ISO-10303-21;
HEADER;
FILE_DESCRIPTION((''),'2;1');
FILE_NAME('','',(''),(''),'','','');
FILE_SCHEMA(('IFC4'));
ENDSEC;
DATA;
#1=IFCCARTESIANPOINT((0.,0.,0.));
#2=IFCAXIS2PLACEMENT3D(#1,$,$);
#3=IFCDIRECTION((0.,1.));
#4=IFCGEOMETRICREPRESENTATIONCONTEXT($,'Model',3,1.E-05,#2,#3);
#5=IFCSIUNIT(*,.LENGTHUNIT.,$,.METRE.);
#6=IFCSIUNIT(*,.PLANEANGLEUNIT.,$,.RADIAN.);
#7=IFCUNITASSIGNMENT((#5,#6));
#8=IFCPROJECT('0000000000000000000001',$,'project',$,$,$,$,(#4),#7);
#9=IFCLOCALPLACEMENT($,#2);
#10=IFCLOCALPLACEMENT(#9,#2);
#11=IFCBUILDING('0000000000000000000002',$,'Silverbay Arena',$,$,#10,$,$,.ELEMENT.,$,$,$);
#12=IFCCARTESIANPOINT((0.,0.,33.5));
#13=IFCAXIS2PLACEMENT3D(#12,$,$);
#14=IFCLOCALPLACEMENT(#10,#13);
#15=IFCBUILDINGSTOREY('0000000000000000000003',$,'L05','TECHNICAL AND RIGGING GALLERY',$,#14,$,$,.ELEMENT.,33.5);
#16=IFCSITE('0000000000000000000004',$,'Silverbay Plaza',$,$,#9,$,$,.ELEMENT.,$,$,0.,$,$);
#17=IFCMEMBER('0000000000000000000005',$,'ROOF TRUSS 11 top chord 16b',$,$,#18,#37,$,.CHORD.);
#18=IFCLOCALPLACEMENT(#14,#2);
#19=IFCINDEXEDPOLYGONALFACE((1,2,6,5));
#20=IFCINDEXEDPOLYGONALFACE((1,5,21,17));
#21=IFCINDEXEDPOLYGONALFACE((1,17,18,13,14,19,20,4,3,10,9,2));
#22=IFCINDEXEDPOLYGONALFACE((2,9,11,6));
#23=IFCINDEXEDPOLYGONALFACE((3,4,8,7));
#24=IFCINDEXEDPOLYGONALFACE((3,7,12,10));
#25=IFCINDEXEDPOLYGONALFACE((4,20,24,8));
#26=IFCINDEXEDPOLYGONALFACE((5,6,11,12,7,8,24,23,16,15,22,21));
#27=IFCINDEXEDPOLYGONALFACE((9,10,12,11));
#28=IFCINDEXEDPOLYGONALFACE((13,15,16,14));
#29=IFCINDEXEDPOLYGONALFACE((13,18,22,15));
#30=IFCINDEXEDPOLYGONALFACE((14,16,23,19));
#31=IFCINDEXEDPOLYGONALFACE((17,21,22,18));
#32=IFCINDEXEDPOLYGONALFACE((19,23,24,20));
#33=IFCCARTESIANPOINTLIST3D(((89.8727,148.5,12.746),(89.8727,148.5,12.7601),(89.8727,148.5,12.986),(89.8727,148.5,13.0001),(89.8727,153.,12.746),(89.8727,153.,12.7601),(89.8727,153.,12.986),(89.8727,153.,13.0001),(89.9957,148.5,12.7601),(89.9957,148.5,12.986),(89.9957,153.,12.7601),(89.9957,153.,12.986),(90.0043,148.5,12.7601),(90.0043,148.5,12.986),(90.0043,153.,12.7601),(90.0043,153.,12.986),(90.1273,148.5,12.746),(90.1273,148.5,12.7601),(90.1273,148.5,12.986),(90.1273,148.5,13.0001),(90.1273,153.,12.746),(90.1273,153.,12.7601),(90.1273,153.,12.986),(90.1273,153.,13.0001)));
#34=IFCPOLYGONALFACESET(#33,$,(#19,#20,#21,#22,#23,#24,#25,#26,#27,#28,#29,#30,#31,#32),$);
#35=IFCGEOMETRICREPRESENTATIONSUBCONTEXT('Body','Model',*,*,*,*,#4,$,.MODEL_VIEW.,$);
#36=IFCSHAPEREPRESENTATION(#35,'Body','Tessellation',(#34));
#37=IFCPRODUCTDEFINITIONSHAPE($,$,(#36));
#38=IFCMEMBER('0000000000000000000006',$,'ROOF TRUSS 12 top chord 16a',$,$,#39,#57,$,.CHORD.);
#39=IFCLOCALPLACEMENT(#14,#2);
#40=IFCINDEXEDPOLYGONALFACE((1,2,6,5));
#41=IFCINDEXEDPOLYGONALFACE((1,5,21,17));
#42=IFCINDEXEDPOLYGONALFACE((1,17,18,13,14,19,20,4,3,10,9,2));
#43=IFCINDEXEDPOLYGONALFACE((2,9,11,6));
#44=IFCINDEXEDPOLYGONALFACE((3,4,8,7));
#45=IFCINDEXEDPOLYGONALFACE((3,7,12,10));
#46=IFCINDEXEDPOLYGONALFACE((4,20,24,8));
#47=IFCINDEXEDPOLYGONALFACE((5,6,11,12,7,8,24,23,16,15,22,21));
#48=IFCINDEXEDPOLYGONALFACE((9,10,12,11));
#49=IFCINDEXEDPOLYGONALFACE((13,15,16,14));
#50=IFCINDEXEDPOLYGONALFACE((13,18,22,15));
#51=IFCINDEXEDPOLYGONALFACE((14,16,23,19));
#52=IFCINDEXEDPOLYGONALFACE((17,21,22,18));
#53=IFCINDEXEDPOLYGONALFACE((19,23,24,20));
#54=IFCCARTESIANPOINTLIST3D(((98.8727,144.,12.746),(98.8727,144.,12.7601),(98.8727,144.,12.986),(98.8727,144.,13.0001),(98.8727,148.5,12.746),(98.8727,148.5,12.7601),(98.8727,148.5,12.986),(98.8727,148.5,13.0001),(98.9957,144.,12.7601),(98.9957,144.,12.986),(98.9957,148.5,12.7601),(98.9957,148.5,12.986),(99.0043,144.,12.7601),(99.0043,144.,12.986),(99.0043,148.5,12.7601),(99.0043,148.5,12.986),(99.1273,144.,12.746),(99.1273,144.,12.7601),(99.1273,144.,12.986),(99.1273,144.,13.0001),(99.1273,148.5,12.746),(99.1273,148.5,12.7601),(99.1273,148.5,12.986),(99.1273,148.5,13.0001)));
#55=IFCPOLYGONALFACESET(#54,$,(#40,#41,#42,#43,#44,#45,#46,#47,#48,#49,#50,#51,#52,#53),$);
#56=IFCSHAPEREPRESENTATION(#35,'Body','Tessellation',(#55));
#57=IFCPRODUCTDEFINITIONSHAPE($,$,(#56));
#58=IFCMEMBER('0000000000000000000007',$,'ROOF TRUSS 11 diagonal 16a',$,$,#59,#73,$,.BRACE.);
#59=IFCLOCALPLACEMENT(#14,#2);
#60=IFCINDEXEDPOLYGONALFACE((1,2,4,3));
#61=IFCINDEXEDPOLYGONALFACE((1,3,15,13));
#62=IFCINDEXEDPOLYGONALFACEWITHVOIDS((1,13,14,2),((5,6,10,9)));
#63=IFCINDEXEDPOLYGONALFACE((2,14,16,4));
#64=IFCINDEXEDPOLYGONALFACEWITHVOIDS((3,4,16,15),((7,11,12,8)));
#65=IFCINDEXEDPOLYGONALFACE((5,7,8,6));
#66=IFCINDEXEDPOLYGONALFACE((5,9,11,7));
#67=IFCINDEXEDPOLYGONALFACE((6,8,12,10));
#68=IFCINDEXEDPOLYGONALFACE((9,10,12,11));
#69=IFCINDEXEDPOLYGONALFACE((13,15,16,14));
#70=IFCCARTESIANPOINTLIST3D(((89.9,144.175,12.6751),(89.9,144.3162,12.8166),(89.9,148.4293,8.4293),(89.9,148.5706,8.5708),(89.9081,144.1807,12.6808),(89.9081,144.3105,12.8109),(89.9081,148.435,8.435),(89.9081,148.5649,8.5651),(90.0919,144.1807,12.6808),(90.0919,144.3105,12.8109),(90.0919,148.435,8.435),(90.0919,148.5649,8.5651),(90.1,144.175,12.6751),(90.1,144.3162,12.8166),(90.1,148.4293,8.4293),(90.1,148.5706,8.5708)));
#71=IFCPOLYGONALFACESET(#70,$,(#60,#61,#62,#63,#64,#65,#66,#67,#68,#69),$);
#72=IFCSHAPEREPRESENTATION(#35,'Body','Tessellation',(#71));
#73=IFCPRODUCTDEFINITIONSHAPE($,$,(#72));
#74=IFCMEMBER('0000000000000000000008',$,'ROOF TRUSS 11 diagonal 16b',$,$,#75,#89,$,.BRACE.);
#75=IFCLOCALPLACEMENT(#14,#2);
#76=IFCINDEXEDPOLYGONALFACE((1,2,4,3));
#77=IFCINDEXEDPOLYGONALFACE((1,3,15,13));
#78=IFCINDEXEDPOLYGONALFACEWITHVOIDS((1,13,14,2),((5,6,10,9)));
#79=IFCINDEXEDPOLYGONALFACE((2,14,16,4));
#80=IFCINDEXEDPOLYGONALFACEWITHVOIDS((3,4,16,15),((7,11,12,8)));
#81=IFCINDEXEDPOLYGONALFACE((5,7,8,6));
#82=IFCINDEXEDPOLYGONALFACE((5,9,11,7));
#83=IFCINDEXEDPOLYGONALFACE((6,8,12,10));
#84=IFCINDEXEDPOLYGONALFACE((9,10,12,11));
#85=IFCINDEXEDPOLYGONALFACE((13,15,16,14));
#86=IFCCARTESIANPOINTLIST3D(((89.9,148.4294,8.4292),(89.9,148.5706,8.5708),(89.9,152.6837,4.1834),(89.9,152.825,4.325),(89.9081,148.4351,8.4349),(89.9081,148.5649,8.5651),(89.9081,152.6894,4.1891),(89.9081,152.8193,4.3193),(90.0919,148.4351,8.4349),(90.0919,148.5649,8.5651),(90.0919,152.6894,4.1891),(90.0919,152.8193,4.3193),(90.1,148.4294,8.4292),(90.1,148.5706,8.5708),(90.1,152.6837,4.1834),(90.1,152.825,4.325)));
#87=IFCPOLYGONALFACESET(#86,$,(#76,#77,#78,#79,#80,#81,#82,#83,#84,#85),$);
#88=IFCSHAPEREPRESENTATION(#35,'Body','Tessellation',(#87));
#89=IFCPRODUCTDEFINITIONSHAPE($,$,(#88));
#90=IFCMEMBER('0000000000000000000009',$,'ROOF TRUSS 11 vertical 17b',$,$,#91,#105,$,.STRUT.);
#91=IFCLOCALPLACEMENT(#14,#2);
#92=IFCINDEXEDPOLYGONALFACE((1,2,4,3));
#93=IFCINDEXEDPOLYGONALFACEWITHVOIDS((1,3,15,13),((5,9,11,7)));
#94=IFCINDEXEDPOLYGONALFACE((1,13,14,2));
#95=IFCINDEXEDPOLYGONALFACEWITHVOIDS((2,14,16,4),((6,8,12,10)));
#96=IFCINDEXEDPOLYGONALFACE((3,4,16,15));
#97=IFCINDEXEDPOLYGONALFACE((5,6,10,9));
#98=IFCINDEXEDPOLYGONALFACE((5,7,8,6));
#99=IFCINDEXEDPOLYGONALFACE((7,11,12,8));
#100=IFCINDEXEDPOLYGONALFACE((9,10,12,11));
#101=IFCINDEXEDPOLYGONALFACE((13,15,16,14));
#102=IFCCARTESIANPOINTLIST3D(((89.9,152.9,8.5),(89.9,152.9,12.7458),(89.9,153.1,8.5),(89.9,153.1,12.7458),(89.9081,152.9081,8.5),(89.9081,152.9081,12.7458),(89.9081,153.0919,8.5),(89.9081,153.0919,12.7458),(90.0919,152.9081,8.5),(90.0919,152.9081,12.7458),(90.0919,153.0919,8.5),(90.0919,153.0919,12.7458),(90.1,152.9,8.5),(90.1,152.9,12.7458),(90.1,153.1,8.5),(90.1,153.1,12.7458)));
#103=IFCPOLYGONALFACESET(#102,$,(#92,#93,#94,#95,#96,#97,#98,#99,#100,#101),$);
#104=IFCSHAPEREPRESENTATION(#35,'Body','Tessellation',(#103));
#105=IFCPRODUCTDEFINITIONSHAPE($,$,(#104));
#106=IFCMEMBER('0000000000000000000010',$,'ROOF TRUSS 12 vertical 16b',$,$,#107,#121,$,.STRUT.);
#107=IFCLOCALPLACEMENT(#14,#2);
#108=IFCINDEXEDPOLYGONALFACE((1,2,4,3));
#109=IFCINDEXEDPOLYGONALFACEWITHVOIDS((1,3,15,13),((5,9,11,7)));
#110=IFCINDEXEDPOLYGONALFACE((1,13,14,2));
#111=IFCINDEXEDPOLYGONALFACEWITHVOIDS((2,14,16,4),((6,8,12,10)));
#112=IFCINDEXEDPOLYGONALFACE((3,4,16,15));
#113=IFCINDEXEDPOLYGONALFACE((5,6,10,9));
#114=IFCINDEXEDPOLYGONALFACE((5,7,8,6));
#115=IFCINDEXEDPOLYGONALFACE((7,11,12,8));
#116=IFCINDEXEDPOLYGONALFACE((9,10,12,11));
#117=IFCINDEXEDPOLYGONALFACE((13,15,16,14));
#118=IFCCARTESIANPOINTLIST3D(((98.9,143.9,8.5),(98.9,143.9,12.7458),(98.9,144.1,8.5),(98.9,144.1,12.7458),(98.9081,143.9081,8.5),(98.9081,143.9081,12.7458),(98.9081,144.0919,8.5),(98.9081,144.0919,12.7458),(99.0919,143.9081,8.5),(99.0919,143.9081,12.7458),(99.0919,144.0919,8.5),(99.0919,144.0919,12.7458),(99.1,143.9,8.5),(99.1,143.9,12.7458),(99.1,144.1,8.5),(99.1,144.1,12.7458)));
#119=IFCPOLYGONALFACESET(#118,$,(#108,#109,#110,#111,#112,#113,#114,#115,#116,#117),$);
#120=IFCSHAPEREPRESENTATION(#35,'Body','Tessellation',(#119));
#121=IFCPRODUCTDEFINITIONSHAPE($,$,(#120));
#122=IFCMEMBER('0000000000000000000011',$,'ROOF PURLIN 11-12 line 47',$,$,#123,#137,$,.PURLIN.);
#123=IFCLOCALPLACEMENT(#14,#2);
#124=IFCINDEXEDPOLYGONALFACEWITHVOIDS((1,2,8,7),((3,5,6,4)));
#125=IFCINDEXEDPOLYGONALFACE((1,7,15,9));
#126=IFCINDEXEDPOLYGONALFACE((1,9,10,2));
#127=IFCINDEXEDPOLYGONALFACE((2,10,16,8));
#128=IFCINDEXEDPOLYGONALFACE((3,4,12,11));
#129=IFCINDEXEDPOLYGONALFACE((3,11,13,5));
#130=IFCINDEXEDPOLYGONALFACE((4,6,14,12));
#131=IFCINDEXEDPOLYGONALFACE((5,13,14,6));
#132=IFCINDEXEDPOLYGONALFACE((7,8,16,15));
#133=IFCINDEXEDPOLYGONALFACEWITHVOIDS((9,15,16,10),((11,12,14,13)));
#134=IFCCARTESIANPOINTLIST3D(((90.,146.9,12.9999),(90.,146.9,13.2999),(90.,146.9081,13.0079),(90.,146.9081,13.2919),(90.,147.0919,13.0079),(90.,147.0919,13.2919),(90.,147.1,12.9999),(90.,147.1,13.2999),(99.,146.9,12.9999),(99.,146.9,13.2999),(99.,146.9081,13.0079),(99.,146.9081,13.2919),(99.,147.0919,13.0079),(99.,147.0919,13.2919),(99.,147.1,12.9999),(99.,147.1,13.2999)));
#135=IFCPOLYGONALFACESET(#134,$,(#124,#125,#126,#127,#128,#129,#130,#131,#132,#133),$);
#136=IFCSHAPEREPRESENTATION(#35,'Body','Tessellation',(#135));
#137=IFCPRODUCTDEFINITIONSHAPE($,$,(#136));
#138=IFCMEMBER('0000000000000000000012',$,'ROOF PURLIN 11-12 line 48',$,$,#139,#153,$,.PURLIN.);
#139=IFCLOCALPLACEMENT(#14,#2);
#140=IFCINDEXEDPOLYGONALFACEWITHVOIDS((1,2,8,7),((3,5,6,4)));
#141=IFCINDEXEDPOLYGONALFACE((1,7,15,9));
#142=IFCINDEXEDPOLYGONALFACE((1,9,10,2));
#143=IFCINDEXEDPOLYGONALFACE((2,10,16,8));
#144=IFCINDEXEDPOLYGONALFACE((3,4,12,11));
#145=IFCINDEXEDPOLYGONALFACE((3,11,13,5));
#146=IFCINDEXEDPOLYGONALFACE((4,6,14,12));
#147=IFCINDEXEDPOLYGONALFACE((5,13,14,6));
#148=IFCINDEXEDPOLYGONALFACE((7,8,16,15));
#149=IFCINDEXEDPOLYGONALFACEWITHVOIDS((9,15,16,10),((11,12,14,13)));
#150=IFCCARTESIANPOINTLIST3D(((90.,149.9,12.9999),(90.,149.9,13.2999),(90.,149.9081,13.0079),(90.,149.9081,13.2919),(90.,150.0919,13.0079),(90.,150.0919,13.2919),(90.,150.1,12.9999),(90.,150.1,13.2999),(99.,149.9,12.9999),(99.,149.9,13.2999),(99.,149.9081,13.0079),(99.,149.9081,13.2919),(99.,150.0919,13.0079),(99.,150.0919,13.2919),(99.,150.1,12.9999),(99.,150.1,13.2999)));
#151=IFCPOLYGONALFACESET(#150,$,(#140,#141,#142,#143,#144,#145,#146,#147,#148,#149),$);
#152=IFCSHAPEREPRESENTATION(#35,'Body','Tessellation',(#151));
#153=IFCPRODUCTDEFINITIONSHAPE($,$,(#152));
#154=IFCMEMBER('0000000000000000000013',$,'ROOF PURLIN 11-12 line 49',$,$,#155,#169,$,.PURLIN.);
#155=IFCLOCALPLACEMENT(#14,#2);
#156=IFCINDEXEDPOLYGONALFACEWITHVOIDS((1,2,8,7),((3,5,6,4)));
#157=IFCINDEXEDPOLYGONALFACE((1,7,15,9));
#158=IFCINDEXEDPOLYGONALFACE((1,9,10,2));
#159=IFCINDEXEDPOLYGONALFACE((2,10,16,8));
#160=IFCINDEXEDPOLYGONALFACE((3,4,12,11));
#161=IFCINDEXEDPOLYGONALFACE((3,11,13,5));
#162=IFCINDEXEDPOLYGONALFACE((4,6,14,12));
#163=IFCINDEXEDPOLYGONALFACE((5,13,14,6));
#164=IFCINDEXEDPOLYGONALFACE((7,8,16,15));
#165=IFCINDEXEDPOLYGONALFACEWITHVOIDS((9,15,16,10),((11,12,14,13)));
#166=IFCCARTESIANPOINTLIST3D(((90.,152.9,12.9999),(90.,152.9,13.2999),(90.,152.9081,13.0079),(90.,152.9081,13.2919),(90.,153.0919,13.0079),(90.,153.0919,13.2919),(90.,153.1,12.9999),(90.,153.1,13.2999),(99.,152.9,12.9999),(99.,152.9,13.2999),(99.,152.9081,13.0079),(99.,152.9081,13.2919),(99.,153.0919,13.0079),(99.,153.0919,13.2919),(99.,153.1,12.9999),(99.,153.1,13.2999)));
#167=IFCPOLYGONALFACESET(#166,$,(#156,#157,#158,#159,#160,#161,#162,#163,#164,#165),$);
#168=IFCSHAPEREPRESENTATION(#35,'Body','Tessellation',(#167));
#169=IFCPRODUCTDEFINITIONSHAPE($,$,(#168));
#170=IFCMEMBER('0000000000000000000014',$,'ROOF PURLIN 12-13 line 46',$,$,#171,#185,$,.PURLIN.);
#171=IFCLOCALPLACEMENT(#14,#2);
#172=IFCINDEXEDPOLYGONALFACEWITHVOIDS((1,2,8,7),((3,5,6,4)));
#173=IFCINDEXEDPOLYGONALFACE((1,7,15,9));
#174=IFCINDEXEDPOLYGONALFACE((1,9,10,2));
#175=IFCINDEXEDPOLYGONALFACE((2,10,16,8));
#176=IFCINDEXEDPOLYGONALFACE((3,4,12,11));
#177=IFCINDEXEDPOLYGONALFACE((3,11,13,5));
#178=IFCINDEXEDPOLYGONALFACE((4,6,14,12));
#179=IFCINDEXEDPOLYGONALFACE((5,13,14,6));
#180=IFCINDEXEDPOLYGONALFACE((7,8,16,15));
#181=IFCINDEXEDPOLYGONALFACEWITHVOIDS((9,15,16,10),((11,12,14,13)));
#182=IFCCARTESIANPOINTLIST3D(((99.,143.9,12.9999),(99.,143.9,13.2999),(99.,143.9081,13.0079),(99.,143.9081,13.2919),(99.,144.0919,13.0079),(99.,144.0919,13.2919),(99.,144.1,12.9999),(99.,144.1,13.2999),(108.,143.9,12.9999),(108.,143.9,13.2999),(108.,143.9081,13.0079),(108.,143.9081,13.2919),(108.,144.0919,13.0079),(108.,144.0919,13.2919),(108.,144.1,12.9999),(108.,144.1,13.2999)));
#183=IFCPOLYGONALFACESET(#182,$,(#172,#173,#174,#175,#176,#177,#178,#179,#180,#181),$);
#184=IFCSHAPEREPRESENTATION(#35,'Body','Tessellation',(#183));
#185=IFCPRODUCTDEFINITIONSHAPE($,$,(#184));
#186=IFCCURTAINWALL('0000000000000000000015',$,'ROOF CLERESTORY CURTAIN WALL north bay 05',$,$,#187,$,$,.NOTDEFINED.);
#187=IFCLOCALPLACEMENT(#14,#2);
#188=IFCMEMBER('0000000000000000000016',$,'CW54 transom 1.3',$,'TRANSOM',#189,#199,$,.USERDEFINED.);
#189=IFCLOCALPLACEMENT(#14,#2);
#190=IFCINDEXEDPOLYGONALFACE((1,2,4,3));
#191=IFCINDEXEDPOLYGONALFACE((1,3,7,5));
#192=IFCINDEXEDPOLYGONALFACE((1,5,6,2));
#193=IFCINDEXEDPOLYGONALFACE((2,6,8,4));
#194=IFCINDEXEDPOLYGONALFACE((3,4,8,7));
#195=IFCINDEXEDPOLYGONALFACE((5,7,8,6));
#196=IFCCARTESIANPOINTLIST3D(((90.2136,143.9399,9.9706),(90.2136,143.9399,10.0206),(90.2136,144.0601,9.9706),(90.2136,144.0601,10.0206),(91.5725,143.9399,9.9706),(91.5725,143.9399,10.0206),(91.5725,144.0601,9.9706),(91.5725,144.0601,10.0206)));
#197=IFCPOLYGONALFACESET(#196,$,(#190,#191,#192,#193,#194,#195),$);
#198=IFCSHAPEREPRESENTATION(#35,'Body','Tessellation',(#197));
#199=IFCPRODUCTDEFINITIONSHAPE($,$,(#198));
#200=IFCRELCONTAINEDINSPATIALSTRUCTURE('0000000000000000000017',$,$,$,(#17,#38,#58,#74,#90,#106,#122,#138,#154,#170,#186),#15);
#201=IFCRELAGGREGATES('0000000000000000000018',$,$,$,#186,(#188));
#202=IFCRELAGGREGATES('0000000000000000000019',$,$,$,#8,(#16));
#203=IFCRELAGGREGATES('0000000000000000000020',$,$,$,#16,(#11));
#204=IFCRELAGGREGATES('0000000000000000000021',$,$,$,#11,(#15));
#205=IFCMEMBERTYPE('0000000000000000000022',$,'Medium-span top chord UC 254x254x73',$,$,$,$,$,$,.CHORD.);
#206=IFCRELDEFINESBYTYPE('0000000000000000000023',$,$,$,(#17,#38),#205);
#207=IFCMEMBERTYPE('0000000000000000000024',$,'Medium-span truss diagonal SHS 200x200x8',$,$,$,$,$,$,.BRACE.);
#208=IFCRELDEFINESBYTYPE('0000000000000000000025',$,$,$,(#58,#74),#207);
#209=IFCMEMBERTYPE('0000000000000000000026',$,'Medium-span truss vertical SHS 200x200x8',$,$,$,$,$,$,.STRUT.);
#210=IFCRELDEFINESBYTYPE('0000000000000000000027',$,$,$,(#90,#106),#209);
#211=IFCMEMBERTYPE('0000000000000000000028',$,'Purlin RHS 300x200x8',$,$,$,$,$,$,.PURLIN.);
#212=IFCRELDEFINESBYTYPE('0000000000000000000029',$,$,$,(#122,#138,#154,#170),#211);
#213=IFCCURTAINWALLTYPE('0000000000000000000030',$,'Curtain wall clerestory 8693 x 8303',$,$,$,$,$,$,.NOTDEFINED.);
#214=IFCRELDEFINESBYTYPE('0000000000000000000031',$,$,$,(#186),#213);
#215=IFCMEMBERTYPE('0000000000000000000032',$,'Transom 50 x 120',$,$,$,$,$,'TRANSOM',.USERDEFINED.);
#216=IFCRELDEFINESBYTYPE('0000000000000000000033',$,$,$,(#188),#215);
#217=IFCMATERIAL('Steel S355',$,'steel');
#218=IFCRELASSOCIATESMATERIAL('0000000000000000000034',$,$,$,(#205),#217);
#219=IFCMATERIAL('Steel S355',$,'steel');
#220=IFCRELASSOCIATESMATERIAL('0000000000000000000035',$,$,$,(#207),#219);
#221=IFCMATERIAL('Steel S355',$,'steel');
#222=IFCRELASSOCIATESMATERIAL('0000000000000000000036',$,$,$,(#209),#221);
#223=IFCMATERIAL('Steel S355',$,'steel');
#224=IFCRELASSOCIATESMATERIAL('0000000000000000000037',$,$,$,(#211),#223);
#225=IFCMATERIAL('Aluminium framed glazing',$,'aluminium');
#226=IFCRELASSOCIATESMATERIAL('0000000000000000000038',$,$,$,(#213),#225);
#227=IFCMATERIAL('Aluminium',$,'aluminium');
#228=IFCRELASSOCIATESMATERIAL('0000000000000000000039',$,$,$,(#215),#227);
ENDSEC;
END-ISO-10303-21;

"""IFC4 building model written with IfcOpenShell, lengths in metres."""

from ifc_helpers import new_model, si_unit, direction, frame, origin, origin_2d, place, context, subcontext, project, spatial, rectangle, hollow_rectangle, i_section, extrude, material, material_profile, profile_set, type_object, element, aggregate, save


model = new_model("IFC4")

# Units and contexts
model_context = context("Model", 3, precision=1e-05, world=origin(), true_north=direction((0.0, 1.0)))
body_context = subcontext(model_context, "Body", "Model", "MODEL_VIEW")
ifc_project = project(units=[si_unit("LENGTHUNIT", "METRE"), si_unit("PLANEANGLEUNIT", "RADIAN")], contexts=[model_context])

# Site, building, storey
site_placement = place(None, origin())
site = spatial("IfcSite", under=ifc_project, at=site_placement, Name="Silverbay Plaza", CompositionType="ELEMENT", RefElevation=0.0)
building_placement = place(site_placement, origin())
building = spatial("IfcBuilding", under=site, at=building_placement, Name="Silverbay Arena", CompositionType="ELEMENT")
storey_placement = place(building_placement, frame((0.0, 0.0, 33.5)))
storey = spatial("IfcBuildingStorey", under=building, at=storey_placement, Name="L05", Description="TECHNICAL AND RIGGING GALLERY", CompositionType="ELEMENT", Elevation=33.5)

# Members
ifc_material_1 = material(Name="Steel S355", Category="steel")
ifc_material_profile_1 = material_profile(ifc_material_1, i_section(OverallWidth=0.2546, OverallDepth=0.2542, WebThickness=0.0085, FlangeThickness=0.0142, at=origin_2d()), Name="UC 254x254x73")
ifc_profile_set_1 = profile_set([ifc_material_profile_1], Name="Steel S355")
member_type_1 = type_object("IfcMemberType", Name="Medium-span top chord UC 254x254x73", PredefinedType="CHORD", material=ifc_profile_set_1)
for number, where, z_axis, x_axis, name in (
    (1, (90.0, 148.5, 12.873), (0.0, 1.0, 0.0), (-1.0, 0.0, 0.0), "ROOF TRUSS 11 top chord 16b"),
    (2, (99.0, 144.0, 12.873), (0.0, 1.0, 0.0), (-1.0, 0.0, 0.0), "ROOF TRUSS 12 top chord 16a"),
):
    element("IfcMember", number, at=place(storey_placement, frame(where, z_axis=z_axis, x_axis=x_axis)), inside=storey, type_object=member_type_1, Name=name, PredefinedType="CHORD", context=body_context, shape_type="SweptSolid", body=[
        extrude(i_section(OverallWidth=0.2546, OverallDepth=0.2542, WebThickness=0.0085, FlangeThickness=0.0142, at=origin_2d()), origin(), (0.0, 0.0, 1.0), 4.5),
    ])
ifc_material_2 = material(Name="Steel S355", Category="steel")
ifc_material_profile_2 = material_profile(ifc_material_2, hollow_rectangle(XDim=0.2, YDim=0.2, WallThickness=0.0081, at=origin_2d()), Name="SHS 200x200x8")
ifc_profile_set_2 = profile_set([ifc_material_profile_2], Name="Steel S355")
member_type_2 = type_object("IfcMemberType", Name="Medium-span truss diagonal SHS 200x200x8", PredefinedType="BRACE", material=ifc_profile_set_2)
for number, where, z_axis, x_axis, name in (
    (3, (90.0, 144.2456, 12.7458), (0.0, 0.707817, -0.706396), (-1.0, 0.0, 0.0), "ROOF TRUSS 11 diagonal 16a"),
    (4, (90.0, 148.5, 8.5), (0.0, 0.707817, -0.706396), (-1.0, 0.0, 0.0), "ROOF TRUSS 11 diagonal 16b"),
):
    element("IfcMember", number, at=place(storey_placement, frame(where, z_axis=z_axis, x_axis=x_axis)), inside=storey, type_object=member_type_2, Name=name, PredefinedType="BRACE", context=body_context, shape_type="SweptSolid", body=[
        extrude(hollow_rectangle(XDim=0.2, YDim=0.2, WallThickness=0.0081, at=origin_2d()), origin(), (0.0, 0.0, 1.0), 6.0105),
    ])
ifc_material_3 = material(Name="Steel S355", Category="steel")
ifc_material_profile_3 = material_profile(ifc_material_3, hollow_rectangle(XDim=0.2, YDim=0.2, WallThickness=0.0081, at=origin_2d()), Name="SHS 200x200x8")
ifc_profile_set_3 = profile_set([ifc_material_profile_3], Name="Steel S355")
member_type_3 = type_object("IfcMemberType", Name="Medium-span truss vertical SHS 200x200x8", PredefinedType="STRUT", material=ifc_profile_set_3)
for number, where, z_axis, x_axis, name in (
    (5, (90.0, 153.0, 8.5), (0.0, 0.0, 1.0), (1.0, 0.0, 0.0), "ROOF TRUSS 11 vertical 17b"),
    (6, (99.0, 144.0, 8.5), (0.0, 0.0, 1.0), (1.0, 0.0, 0.0), "ROOF TRUSS 12 vertical 16b"),
):
    element("IfcMember", number, at=place(storey_placement, frame(where, z_axis=z_axis, x_axis=x_axis)), inside=storey, type_object=member_type_3, Name=name, PredefinedType="STRUT", context=body_context, shape_type="SweptSolid", body=[
        extrude(hollow_rectangle(XDim=0.2, YDim=0.2, WallThickness=0.0081, at=origin_2d()), origin(), (0.0, 0.0, 1.0), 4.2458),
    ])
ifc_material_4 = material(Name="Steel S355", Category="steel")
ifc_material_profile_4 = material_profile(ifc_material_4, hollow_rectangle(XDim=0.2, YDim=0.3, WallThickness=0.0081, at=origin_2d()), Name="RHS 300x200x8")
ifc_profile_set_4 = profile_set([ifc_material_profile_4], Name="Steel S355")
member_type_4 = type_object("IfcMemberType", Name="Purlin RHS 300x200x8", PredefinedType="PURLIN", material=ifc_profile_set_4)
for number, where, z_axis, x_axis, name in (
    (7, (90.0, 147.0, 13.1499), (1.0, 0.0, 0.0), (0.0, 1.0, 0.0), "ROOF PURLIN 11-12 line 47"),
    (8, (90.0, 150.0, 13.1499), (1.0, 0.0, 0.0), (0.0, 1.0, 0.0), "ROOF PURLIN 11-12 line 48"),
    (9, (90.0, 153.0, 13.1499), (1.0, 0.0, 0.0), (0.0, 1.0, 0.0), "ROOF PURLIN 11-12 line 49"),
    (10, (99.0, 144.0, 13.1499), (1.0, 0.0, 0.0), (0.0, 1.0, 0.0), "ROOF PURLIN 12-13 line 46"),
):
    element("IfcMember", number, at=place(storey_placement, frame(where, z_axis=z_axis, x_axis=x_axis)), inside=storey, type_object=member_type_4, Name=name, PredefinedType="PURLIN", context=body_context, shape_type="SweptSolid", body=[
        extrude(hollow_rectangle(XDim=0.2, YDim=0.3, WallThickness=0.0081, at=origin_2d()), origin(), (0.0, 0.0, 1.0), 9.0),
    ])

# Curtain wall, member
ifc_material_5 = material(Name="Aluminium framed glazing", Category="aluminium")
curtain_wall_type = type_object("IfcCurtainWallType", Name="Curtain wall clerestory 8693 x 8303", PredefinedType="NOTDEFINED", material=ifc_material_5)
curtain_wall_placement = place(storey_placement, origin())
curtain_wall = element("IfcCurtainWall", 11, at=curtain_wall_placement, inside=storey, type_object=curtain_wall_type, Name="ROOF CLERESTORY CURTAIN WALL north bay 05", PredefinedType="NOTDEFINED")
ifc_material_6 = material(Name="Aluminium", Category="aluminium")
ifc_material_profile_5 = material_profile(ifc_material_6, rectangle(XDim=0.1201, YDim=0.05, at=origin_2d()), Name="Transom 50 x 120")
ifc_profile_set_5 = profile_set([ifc_material_profile_5], Name="Aluminium")
member_type_5 = type_object("IfcMemberType", Name="Transom 50 x 120", ElementType="TRANSOM", PredefinedType="USERDEFINED", material=ifc_profile_set_5)
member_1_placement = place(storey_placement, frame((90.2136, 144.0, 9.9956), z_axis=(1.0, 0.0, 0.0), x_axis=(0.0, 1.0, 0.0)))
member_1 = element("IfcMember", 12, at=member_1_placement, type_object=member_type_5, Name="CW54 transom 1.3", ObjectType="TRANSOM", PredefinedType="USERDEFINED", context=body_context, shape_type="SweptSolid", body=[
    extrude(rectangle(XDim=0.1201, YDim=0.05, at=origin_2d()), origin(), (0.0, 0.0, 1.0), 1.3589),
])
aggregate(curtain_wall, [member_1])

save(model, "model.ifc")
